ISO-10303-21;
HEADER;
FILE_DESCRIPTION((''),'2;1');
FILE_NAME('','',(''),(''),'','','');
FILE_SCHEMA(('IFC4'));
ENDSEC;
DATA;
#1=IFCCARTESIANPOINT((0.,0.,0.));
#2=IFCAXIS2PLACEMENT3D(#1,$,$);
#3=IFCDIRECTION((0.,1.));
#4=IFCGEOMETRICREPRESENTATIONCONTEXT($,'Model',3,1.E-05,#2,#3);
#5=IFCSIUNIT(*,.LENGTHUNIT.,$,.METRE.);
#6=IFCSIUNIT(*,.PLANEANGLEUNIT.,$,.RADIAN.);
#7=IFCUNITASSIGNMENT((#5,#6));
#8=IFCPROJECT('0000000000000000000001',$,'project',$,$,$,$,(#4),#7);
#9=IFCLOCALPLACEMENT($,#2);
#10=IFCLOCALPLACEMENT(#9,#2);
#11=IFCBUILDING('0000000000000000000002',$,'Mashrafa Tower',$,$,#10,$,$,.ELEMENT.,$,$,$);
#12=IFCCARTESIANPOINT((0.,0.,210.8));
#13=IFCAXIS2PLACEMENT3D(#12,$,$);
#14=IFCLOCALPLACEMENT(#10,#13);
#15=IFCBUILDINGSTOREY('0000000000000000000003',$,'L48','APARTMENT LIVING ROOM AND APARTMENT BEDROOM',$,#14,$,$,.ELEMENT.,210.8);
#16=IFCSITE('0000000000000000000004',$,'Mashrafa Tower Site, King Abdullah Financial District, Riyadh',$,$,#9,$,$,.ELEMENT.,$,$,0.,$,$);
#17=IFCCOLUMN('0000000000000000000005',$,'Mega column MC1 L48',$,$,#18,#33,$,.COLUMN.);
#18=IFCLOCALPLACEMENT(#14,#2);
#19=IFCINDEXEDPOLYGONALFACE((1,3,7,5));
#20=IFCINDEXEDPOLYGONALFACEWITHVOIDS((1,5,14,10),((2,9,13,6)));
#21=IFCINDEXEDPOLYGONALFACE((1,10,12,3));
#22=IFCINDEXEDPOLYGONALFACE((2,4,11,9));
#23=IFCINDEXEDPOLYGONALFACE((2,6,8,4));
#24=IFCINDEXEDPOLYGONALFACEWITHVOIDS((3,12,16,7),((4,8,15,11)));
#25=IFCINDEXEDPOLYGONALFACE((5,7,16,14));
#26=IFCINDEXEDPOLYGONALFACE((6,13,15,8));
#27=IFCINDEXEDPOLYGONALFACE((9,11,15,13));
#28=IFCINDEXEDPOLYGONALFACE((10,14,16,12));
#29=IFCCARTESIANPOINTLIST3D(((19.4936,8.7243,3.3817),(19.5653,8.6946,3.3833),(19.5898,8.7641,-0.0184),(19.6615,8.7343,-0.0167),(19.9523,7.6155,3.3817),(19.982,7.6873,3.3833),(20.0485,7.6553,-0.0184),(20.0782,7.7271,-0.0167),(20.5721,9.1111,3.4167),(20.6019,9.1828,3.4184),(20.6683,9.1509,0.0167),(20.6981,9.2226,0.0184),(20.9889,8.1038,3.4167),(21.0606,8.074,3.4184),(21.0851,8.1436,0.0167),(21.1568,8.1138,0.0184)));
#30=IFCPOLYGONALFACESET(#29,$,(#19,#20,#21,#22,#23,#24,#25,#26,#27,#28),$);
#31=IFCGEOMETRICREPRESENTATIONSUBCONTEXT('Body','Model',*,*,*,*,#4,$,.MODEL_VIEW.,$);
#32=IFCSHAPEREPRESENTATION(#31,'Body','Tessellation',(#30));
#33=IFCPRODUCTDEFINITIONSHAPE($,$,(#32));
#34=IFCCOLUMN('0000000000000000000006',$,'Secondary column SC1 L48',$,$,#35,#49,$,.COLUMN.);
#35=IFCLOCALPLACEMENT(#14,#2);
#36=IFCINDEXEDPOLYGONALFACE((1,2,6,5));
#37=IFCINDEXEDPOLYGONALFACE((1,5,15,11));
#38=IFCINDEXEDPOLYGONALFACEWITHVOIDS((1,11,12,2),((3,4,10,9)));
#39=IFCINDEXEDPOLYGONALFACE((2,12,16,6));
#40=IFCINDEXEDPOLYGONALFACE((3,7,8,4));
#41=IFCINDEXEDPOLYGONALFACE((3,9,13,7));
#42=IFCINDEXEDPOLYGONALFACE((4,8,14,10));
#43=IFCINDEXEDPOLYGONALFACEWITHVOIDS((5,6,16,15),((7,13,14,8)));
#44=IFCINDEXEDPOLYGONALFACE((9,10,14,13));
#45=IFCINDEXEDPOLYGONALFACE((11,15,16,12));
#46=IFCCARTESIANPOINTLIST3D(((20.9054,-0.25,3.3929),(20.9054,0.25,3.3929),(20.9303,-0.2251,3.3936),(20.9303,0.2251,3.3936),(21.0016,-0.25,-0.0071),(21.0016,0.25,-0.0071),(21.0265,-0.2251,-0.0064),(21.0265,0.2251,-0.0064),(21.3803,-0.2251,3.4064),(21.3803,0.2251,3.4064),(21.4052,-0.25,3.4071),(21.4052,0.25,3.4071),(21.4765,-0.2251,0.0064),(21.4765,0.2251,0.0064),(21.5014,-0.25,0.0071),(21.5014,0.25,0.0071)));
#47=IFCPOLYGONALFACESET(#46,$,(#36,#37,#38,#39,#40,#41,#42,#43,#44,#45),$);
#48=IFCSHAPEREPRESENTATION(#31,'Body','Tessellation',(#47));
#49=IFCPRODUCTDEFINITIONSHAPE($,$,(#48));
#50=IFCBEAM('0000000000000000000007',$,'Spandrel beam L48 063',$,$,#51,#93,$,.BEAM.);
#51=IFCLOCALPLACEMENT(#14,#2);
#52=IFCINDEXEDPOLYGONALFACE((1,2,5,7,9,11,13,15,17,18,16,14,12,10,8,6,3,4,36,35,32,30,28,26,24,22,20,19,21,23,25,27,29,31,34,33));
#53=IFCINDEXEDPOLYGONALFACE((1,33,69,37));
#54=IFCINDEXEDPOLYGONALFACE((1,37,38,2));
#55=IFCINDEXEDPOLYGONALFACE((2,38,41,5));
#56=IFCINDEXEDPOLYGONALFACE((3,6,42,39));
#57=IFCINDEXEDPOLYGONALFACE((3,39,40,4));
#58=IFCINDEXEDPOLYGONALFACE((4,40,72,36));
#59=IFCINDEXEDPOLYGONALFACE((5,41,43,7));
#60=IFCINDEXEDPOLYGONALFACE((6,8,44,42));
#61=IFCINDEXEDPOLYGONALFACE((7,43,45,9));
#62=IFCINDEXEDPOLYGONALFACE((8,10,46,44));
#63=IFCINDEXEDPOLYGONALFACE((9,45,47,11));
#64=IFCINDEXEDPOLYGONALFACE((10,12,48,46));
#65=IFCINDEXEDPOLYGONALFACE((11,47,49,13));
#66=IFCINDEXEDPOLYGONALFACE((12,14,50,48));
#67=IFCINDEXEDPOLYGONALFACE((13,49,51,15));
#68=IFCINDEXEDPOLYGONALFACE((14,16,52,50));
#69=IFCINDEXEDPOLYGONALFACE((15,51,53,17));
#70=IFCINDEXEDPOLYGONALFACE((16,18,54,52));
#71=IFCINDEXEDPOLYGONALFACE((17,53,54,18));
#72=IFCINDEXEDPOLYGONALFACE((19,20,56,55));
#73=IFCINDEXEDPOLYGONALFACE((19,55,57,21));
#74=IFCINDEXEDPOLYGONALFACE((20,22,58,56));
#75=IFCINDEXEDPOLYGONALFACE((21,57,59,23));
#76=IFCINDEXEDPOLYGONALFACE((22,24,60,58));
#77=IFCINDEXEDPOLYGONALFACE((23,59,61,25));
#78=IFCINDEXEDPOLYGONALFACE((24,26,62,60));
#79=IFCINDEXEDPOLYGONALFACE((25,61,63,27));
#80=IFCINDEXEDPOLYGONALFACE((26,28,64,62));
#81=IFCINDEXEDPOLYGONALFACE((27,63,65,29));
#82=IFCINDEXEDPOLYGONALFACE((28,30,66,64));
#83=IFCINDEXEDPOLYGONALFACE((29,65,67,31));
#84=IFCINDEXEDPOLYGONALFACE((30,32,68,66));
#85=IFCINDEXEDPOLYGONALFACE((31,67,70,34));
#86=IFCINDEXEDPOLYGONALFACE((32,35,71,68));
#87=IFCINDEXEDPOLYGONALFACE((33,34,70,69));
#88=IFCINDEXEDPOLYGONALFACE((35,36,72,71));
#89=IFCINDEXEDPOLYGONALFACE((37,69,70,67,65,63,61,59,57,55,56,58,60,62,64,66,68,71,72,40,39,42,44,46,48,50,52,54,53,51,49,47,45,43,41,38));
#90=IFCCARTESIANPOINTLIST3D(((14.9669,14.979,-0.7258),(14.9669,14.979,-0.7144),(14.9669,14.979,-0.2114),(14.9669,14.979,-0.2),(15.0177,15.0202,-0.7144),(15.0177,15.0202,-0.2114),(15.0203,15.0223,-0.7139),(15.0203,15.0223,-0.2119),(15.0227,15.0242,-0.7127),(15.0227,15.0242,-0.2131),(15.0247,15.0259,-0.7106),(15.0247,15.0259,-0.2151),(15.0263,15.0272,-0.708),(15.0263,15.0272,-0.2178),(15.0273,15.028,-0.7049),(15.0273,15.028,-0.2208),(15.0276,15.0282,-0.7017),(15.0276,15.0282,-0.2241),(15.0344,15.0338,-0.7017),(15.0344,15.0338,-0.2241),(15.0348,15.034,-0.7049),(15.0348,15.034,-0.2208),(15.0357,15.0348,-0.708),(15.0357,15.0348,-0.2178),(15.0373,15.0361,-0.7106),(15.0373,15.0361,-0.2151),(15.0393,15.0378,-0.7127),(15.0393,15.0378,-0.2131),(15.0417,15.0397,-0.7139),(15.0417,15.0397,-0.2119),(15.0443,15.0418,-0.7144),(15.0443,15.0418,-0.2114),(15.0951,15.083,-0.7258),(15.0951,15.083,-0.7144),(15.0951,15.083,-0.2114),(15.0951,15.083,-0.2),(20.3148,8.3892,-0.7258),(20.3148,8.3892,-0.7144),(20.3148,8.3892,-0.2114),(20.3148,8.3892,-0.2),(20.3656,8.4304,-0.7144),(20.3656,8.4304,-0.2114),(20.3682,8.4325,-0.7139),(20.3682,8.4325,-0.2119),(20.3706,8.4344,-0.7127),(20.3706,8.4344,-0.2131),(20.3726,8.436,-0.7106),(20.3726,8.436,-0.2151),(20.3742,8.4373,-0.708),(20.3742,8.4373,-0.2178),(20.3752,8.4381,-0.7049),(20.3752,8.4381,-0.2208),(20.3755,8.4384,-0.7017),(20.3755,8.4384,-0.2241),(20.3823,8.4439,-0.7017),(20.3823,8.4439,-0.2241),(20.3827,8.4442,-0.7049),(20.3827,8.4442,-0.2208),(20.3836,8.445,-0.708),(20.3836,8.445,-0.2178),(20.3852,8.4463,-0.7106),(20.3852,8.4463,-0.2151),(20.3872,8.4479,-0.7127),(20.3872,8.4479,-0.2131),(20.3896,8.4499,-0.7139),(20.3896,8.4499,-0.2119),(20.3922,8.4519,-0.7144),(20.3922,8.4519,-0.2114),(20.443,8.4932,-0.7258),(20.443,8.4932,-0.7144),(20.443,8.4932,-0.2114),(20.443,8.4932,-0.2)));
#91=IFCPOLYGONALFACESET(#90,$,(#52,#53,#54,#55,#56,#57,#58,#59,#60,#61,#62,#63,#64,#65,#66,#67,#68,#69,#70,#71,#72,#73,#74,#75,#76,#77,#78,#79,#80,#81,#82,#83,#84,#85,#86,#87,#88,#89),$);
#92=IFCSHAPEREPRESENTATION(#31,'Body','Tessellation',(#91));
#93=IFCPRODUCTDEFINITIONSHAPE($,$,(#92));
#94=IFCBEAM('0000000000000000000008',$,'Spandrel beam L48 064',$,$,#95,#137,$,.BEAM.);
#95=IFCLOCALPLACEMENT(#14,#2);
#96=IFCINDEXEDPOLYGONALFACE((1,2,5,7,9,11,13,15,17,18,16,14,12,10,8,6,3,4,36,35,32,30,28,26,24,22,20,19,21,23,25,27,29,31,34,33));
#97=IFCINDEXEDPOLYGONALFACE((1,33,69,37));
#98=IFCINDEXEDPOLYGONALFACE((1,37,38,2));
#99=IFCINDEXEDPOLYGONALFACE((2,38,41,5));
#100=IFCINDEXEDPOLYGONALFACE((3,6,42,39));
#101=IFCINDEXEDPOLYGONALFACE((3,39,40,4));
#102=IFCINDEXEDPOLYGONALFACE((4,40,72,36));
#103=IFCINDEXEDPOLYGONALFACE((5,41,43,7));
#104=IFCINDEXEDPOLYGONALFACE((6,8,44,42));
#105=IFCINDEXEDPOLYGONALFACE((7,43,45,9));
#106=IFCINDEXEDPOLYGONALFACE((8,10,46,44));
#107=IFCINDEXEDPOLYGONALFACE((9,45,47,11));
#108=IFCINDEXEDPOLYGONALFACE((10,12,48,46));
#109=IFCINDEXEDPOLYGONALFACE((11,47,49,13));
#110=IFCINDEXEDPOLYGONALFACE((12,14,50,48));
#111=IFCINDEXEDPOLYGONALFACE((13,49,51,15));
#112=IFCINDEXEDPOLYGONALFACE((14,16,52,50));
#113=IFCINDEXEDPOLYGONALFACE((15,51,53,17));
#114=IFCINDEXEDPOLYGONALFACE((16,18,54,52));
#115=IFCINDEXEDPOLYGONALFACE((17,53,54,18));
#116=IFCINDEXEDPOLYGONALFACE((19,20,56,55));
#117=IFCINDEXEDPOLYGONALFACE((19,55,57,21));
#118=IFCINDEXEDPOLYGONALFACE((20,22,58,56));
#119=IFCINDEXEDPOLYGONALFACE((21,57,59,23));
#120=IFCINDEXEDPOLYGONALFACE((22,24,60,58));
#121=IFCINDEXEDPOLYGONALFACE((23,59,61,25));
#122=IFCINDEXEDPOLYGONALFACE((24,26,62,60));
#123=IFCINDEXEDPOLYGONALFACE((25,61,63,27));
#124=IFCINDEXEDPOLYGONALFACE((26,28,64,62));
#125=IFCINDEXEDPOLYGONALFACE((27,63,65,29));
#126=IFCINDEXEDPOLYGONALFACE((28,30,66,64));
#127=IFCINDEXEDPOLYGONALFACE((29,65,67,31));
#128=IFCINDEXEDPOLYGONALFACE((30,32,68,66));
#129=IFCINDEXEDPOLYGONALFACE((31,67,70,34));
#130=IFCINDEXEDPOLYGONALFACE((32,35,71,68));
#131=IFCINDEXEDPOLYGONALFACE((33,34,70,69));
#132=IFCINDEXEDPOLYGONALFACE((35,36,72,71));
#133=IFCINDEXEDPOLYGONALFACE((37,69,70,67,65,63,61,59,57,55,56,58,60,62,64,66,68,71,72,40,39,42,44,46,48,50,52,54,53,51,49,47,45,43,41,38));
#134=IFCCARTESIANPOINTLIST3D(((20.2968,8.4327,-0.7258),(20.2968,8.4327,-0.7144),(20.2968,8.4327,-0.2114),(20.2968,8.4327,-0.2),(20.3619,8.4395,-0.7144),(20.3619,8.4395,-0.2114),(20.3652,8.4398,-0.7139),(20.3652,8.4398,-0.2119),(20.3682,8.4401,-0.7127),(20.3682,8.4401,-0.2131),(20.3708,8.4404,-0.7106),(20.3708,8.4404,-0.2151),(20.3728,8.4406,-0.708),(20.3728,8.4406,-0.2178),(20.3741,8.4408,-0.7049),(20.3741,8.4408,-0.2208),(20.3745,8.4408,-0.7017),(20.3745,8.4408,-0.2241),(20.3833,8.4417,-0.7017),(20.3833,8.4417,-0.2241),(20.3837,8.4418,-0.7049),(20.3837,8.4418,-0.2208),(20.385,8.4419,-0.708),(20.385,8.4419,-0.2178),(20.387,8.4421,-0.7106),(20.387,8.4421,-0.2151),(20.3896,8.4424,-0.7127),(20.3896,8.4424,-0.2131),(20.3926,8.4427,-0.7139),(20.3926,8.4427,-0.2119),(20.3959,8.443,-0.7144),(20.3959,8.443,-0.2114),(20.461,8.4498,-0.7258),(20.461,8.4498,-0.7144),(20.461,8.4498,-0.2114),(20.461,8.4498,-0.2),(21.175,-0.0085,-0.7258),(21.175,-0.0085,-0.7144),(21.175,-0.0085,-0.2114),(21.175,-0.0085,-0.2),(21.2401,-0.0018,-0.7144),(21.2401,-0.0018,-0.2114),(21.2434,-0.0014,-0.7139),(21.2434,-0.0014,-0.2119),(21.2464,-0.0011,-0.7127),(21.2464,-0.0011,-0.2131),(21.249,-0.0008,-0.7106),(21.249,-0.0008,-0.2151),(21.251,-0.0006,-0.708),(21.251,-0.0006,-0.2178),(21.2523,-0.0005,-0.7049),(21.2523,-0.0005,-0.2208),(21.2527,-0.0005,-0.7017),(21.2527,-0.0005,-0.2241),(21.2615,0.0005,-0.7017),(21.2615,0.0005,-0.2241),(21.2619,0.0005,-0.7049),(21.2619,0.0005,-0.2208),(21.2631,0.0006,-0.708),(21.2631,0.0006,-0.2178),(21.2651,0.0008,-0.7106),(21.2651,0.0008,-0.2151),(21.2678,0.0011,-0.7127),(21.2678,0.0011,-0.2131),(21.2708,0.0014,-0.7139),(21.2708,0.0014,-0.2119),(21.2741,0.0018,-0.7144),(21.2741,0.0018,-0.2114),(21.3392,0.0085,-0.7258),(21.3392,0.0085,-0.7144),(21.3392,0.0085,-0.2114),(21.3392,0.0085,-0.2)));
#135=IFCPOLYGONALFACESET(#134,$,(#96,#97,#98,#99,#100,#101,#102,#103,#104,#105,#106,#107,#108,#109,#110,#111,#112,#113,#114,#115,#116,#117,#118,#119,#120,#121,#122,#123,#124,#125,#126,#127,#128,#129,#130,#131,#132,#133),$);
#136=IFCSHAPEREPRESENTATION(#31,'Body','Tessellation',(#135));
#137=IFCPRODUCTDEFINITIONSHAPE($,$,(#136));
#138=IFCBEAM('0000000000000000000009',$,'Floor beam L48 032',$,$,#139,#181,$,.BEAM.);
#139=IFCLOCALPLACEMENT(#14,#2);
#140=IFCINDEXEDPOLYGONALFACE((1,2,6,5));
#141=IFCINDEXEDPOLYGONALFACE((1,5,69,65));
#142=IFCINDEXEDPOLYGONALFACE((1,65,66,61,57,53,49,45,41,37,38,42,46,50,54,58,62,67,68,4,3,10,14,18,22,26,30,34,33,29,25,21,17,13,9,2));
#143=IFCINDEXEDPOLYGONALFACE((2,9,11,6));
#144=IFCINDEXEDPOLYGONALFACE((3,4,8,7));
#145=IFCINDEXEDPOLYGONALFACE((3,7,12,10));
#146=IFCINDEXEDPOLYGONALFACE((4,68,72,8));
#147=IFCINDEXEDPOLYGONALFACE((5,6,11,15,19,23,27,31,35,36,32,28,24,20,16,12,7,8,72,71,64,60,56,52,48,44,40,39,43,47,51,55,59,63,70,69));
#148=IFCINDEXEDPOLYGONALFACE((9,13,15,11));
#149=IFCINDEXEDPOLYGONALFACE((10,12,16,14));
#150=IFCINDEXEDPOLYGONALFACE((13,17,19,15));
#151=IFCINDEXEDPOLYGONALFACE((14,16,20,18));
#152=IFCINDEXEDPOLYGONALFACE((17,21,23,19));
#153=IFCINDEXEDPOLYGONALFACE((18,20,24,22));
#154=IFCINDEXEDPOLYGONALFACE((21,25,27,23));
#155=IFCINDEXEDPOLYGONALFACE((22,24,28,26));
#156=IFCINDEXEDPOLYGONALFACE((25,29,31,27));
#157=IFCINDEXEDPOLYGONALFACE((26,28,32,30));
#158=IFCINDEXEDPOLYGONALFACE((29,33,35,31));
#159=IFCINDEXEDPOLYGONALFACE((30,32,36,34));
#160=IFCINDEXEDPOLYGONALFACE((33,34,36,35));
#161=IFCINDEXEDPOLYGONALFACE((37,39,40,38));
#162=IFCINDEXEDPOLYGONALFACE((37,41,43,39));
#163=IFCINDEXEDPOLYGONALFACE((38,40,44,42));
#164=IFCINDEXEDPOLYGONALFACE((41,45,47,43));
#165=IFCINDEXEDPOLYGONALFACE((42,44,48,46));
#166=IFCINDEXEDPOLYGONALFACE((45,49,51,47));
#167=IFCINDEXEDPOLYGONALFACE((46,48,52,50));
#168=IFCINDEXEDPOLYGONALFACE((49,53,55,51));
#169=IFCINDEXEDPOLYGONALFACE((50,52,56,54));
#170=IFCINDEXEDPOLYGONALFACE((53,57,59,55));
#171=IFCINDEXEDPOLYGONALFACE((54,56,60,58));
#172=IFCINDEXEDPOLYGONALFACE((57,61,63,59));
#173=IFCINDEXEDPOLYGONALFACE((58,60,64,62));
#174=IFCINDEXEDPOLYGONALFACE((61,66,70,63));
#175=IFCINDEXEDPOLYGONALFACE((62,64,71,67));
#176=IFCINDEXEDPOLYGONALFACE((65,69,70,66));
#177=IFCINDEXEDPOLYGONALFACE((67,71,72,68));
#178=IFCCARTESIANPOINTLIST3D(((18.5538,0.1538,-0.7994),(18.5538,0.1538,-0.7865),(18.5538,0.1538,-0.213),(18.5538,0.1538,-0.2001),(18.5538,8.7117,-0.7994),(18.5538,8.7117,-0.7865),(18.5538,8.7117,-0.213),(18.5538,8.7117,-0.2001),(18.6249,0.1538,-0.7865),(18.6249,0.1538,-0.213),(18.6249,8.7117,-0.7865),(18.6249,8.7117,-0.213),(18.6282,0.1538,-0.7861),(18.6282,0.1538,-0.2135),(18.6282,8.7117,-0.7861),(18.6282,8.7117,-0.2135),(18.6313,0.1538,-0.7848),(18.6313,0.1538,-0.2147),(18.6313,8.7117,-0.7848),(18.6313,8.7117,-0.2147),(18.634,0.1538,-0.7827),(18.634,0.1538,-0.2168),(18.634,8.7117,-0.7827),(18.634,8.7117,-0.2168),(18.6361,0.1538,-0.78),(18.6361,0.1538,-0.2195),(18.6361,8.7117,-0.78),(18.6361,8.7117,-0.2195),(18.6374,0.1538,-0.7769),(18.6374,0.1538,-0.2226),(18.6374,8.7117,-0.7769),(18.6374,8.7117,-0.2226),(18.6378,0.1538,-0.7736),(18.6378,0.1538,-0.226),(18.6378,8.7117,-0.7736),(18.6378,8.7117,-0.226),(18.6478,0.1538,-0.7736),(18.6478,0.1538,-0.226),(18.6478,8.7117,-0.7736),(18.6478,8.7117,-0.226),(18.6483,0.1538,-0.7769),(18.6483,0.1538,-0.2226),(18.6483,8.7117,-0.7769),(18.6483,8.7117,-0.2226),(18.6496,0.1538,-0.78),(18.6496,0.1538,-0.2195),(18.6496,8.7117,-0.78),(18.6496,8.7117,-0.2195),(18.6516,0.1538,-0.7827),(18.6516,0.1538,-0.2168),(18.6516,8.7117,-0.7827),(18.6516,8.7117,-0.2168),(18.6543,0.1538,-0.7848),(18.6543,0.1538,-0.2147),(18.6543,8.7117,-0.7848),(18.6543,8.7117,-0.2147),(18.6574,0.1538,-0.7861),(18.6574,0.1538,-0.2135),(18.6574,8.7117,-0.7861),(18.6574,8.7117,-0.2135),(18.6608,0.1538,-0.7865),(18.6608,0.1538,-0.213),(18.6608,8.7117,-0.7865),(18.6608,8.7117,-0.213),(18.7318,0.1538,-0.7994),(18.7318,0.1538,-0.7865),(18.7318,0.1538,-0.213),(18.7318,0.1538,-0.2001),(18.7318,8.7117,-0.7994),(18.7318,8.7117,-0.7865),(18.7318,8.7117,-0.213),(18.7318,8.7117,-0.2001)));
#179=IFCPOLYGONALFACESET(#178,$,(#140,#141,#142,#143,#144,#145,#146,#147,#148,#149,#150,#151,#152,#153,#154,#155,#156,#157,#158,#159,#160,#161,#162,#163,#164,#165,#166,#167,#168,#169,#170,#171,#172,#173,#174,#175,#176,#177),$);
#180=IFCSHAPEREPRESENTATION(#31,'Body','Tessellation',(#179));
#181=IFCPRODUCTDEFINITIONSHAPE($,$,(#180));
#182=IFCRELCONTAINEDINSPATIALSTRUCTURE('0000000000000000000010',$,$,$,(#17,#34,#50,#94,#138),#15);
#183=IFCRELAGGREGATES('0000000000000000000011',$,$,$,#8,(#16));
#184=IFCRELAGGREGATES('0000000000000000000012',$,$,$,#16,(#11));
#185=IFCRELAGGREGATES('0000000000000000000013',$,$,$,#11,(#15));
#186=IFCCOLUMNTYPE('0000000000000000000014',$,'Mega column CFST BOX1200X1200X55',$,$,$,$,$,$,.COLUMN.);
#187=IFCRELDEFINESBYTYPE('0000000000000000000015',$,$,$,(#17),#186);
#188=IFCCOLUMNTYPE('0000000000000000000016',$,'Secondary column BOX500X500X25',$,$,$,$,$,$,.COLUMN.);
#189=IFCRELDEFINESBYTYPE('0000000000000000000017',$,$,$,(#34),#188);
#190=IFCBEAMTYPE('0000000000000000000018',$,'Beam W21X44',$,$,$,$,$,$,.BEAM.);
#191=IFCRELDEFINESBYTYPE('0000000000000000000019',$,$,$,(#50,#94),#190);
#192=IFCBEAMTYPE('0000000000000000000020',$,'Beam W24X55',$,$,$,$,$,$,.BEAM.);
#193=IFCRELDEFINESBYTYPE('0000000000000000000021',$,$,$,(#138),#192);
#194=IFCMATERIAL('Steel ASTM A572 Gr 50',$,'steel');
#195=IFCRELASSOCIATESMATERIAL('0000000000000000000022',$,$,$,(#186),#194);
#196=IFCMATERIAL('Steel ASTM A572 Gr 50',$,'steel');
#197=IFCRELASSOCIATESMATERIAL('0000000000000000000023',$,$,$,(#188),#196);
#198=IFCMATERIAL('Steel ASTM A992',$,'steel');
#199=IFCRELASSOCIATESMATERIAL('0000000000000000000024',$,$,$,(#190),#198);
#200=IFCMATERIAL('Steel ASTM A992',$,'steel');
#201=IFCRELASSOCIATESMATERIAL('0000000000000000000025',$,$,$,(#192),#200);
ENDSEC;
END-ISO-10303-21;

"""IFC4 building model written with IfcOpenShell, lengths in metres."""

from ifc_helpers import new_model, si_unit, direction, frame, origin, origin_2d, place, context, subcontext, project, spatial, hollow_rectangle, i_section, extrude, material, material_profile, profile_set, type_object, element, save


model = new_model("IFC4")

# Units and contexts
model_context = context("Model", 3, precision=1e-05, world=origin(), true_north=direction((0.0, 1.0)))
body_context = subcontext(model_context, "Body", "Model", "MODEL_VIEW")
ifc_project = project(units=[si_unit("LENGTHUNIT", "METRE"), si_unit("PLANEANGLEUNIT", "RADIAN")], contexts=[model_context])

# Site, building, storey
site_placement = place(None, origin())
site = spatial("IfcSite", under=ifc_project, at=site_placement, Name="Mashrafa Tower Site, King Abdullah Financial District, Riyadh", CompositionType="ELEMENT", RefElevation=0.0)
building_placement = place(site_placement, origin())
building = spatial("IfcBuilding", under=site, at=building_placement, Name="Mashrafa Tower", CompositionType="ELEMENT")
storey_placement = place(building_placement, frame((0.0, 0.0, 210.8)))
storey = spatial("IfcBuildingStorey", under=building, at=storey_placement, Name="L48", Description="APARTMENT LIVING ROOM AND APARTMENT BEDROOM", CompositionType="ELEMENT", Elevation=210.8)

# Columns
ifc_material_1 = material(Name="Steel ASTM A572 Gr 50", Category="steel")
ifc_material_profile_1 = material_profile(ifc_material_1, hollow_rectangle(XDim=1.2, YDim=1.2, WallThickness=0.0549, at=origin_2d()), Name="BOX1200X1200X55")
ifc_profile_set_1 = profile_set([ifc_material_profile_1], Name="Steel ASTM A572 Gr 50")
column_type_1 = type_object("IfcColumnType", Name="Mega column CFST BOX1200X1200X55", PredefinedType="COLUMN", material=ifc_profile_set_1)
column_1_placement = place(storey_placement, frame((20.3733, 8.439, 0.0), z_axis=(-0.028279, -0.011699, 0.999532), x_axis=(0.382283, -0.924045, 0.0)))
element("IfcColumn", 1, at=column_1_placement, inside=storey, type_object=column_type_1, Name="Mega column MC1 L48", PredefinedType="COLUMN", context=body_context, shape_type="SweptSolid", body=[
    extrude(hollow_rectangle(XDim=1.2, YDim=1.2, WallThickness=0.0549, at=origin_2d()), origin(), (0.0, 0.0, 1.0), 3.4016),
])
ifc_material_2 = material(Name="Steel ASTM A572 Gr 50", Category="steel")
ifc_material_profile_2 = material_profile(ifc_material_2, hollow_rectangle(XDim=0.5, YDim=0.5, WallThickness=0.0249, at=origin_2d()), Name="BOX500X500X25")
ifc_profile_set_2 = profile_set([ifc_material_profile_2], Name="Steel ASTM A572 Gr 50")
column_type_2 = type_object("IfcColumnType", Name="Secondary column BOX500X500X25", PredefinedType="COLUMN", material=ifc_profile_set_2)
column_2_placement = place(storey_placement, frame((21.2515, 0.0, 0.0), z_axis=(-0.028281, 0.0, 0.9996), x_axis=(0.0, -1.0, 0.0)))
element("IfcColumn", 2, at=column_2_placement, inside=storey, type_object=column_type_2, Name="Secondary column SC1 L48", PredefinedType="COLUMN", context=body_context, shape_type="SweptSolid", body=[
    extrude(hollow_rectangle(XDim=0.5, YDim=0.5, WallThickness=0.0249, at=origin_2d()), origin(), (0.0, 0.0, 1.0), 3.4014),
])

# Beams
ifc_material_3 = material(Name="Steel ASTM A992", Category="steel")
ifc_material_profile_3 = material_profile(ifc_material_3, i_section(OverallWidth=0.165, OverallDepth=0.5259, WebThickness=0.0088, FlangeThickness=0.0115, FilletRadius=0.0127, at=origin_2d()), Name="W21X44")
ifc_profile_set_3 = profile_set([ifc_material_profile_3], Name="Steel ASTM A992")
beam_type_1 = type_object("IfcBeamType", Name="Beam W21X44", PredefinedType="BEAM", material=ifc_profile_set_3)
for number, where, z_axis, x_axis, name in (
    (3, (20.3789, 8.4412, -0.4629), (-0.630142, 0.77648, 0.0), (-0.77648, -0.630142, 0.0), "Spandrel beam L48 063"),
    (4, (21.2571, 0.0, -0.4629), (-0.103476, 0.994632, 0.0), (-0.994632, -0.103476, 0.0), "Spandrel beam L48 064"),
):
    element("IfcBeam", number, at=place(storey_placement, frame(where, z_axis=z_axis, x_axis=x_axis)), inside=storey, type_object=beam_type_1, Name=name, PredefinedType="BEAM", context=body_context, shape_type="SweptSolid", body=[
        extrude(i_section(OverallWidth=0.165, OverallDepth=0.5259, WebThickness=0.0088, FlangeThickness=0.0115, FilletRadius=0.0127, at=origin_2d()), origin(), (0.0, 0.0, 1.0), 8.4868),
    ])
ifc_material_4 = material(Name="Steel ASTM A992", Category="steel")
ifc_material_profile_4 = material_profile(ifc_material_4, i_section(OverallWidth=0.178, OverallDepth=0.5994, WebThickness=0.01, FlangeThickness=0.0129, FilletRadius=0.0129, at=origin_2d()), Name="W24X55")
ifc_profile_set_4 = profile_set([ifc_material_profile_4], Name="Steel ASTM A992")
beam_type_2 = type_object("IfcBeamType", Name="Beam W24X55", PredefinedType="BEAM", material=ifc_profile_set_4)
beam_placement = place(storey_placement, frame((18.6428, 8.7117, -0.4998), z_axis=(0.0, -1.0, 0.0), x_axis=(1.0, 0.0, 0.0)))
element("IfcBeam", 5, at=beam_placement, inside=storey, type_object=beam_type_2, Name="Floor beam L48 032", PredefinedType="BEAM", context=body_context, shape_type="SweptSolid", body=[
    extrude(i_section(OverallWidth=0.178, OverallDepth=0.5994, WebThickness=0.01, FlangeThickness=0.0129, FilletRadius=0.0129, at=origin_2d()), origin(), (0.0, 0.0, 1.0), 8.5579),
])

save(model, "model.ifc")
